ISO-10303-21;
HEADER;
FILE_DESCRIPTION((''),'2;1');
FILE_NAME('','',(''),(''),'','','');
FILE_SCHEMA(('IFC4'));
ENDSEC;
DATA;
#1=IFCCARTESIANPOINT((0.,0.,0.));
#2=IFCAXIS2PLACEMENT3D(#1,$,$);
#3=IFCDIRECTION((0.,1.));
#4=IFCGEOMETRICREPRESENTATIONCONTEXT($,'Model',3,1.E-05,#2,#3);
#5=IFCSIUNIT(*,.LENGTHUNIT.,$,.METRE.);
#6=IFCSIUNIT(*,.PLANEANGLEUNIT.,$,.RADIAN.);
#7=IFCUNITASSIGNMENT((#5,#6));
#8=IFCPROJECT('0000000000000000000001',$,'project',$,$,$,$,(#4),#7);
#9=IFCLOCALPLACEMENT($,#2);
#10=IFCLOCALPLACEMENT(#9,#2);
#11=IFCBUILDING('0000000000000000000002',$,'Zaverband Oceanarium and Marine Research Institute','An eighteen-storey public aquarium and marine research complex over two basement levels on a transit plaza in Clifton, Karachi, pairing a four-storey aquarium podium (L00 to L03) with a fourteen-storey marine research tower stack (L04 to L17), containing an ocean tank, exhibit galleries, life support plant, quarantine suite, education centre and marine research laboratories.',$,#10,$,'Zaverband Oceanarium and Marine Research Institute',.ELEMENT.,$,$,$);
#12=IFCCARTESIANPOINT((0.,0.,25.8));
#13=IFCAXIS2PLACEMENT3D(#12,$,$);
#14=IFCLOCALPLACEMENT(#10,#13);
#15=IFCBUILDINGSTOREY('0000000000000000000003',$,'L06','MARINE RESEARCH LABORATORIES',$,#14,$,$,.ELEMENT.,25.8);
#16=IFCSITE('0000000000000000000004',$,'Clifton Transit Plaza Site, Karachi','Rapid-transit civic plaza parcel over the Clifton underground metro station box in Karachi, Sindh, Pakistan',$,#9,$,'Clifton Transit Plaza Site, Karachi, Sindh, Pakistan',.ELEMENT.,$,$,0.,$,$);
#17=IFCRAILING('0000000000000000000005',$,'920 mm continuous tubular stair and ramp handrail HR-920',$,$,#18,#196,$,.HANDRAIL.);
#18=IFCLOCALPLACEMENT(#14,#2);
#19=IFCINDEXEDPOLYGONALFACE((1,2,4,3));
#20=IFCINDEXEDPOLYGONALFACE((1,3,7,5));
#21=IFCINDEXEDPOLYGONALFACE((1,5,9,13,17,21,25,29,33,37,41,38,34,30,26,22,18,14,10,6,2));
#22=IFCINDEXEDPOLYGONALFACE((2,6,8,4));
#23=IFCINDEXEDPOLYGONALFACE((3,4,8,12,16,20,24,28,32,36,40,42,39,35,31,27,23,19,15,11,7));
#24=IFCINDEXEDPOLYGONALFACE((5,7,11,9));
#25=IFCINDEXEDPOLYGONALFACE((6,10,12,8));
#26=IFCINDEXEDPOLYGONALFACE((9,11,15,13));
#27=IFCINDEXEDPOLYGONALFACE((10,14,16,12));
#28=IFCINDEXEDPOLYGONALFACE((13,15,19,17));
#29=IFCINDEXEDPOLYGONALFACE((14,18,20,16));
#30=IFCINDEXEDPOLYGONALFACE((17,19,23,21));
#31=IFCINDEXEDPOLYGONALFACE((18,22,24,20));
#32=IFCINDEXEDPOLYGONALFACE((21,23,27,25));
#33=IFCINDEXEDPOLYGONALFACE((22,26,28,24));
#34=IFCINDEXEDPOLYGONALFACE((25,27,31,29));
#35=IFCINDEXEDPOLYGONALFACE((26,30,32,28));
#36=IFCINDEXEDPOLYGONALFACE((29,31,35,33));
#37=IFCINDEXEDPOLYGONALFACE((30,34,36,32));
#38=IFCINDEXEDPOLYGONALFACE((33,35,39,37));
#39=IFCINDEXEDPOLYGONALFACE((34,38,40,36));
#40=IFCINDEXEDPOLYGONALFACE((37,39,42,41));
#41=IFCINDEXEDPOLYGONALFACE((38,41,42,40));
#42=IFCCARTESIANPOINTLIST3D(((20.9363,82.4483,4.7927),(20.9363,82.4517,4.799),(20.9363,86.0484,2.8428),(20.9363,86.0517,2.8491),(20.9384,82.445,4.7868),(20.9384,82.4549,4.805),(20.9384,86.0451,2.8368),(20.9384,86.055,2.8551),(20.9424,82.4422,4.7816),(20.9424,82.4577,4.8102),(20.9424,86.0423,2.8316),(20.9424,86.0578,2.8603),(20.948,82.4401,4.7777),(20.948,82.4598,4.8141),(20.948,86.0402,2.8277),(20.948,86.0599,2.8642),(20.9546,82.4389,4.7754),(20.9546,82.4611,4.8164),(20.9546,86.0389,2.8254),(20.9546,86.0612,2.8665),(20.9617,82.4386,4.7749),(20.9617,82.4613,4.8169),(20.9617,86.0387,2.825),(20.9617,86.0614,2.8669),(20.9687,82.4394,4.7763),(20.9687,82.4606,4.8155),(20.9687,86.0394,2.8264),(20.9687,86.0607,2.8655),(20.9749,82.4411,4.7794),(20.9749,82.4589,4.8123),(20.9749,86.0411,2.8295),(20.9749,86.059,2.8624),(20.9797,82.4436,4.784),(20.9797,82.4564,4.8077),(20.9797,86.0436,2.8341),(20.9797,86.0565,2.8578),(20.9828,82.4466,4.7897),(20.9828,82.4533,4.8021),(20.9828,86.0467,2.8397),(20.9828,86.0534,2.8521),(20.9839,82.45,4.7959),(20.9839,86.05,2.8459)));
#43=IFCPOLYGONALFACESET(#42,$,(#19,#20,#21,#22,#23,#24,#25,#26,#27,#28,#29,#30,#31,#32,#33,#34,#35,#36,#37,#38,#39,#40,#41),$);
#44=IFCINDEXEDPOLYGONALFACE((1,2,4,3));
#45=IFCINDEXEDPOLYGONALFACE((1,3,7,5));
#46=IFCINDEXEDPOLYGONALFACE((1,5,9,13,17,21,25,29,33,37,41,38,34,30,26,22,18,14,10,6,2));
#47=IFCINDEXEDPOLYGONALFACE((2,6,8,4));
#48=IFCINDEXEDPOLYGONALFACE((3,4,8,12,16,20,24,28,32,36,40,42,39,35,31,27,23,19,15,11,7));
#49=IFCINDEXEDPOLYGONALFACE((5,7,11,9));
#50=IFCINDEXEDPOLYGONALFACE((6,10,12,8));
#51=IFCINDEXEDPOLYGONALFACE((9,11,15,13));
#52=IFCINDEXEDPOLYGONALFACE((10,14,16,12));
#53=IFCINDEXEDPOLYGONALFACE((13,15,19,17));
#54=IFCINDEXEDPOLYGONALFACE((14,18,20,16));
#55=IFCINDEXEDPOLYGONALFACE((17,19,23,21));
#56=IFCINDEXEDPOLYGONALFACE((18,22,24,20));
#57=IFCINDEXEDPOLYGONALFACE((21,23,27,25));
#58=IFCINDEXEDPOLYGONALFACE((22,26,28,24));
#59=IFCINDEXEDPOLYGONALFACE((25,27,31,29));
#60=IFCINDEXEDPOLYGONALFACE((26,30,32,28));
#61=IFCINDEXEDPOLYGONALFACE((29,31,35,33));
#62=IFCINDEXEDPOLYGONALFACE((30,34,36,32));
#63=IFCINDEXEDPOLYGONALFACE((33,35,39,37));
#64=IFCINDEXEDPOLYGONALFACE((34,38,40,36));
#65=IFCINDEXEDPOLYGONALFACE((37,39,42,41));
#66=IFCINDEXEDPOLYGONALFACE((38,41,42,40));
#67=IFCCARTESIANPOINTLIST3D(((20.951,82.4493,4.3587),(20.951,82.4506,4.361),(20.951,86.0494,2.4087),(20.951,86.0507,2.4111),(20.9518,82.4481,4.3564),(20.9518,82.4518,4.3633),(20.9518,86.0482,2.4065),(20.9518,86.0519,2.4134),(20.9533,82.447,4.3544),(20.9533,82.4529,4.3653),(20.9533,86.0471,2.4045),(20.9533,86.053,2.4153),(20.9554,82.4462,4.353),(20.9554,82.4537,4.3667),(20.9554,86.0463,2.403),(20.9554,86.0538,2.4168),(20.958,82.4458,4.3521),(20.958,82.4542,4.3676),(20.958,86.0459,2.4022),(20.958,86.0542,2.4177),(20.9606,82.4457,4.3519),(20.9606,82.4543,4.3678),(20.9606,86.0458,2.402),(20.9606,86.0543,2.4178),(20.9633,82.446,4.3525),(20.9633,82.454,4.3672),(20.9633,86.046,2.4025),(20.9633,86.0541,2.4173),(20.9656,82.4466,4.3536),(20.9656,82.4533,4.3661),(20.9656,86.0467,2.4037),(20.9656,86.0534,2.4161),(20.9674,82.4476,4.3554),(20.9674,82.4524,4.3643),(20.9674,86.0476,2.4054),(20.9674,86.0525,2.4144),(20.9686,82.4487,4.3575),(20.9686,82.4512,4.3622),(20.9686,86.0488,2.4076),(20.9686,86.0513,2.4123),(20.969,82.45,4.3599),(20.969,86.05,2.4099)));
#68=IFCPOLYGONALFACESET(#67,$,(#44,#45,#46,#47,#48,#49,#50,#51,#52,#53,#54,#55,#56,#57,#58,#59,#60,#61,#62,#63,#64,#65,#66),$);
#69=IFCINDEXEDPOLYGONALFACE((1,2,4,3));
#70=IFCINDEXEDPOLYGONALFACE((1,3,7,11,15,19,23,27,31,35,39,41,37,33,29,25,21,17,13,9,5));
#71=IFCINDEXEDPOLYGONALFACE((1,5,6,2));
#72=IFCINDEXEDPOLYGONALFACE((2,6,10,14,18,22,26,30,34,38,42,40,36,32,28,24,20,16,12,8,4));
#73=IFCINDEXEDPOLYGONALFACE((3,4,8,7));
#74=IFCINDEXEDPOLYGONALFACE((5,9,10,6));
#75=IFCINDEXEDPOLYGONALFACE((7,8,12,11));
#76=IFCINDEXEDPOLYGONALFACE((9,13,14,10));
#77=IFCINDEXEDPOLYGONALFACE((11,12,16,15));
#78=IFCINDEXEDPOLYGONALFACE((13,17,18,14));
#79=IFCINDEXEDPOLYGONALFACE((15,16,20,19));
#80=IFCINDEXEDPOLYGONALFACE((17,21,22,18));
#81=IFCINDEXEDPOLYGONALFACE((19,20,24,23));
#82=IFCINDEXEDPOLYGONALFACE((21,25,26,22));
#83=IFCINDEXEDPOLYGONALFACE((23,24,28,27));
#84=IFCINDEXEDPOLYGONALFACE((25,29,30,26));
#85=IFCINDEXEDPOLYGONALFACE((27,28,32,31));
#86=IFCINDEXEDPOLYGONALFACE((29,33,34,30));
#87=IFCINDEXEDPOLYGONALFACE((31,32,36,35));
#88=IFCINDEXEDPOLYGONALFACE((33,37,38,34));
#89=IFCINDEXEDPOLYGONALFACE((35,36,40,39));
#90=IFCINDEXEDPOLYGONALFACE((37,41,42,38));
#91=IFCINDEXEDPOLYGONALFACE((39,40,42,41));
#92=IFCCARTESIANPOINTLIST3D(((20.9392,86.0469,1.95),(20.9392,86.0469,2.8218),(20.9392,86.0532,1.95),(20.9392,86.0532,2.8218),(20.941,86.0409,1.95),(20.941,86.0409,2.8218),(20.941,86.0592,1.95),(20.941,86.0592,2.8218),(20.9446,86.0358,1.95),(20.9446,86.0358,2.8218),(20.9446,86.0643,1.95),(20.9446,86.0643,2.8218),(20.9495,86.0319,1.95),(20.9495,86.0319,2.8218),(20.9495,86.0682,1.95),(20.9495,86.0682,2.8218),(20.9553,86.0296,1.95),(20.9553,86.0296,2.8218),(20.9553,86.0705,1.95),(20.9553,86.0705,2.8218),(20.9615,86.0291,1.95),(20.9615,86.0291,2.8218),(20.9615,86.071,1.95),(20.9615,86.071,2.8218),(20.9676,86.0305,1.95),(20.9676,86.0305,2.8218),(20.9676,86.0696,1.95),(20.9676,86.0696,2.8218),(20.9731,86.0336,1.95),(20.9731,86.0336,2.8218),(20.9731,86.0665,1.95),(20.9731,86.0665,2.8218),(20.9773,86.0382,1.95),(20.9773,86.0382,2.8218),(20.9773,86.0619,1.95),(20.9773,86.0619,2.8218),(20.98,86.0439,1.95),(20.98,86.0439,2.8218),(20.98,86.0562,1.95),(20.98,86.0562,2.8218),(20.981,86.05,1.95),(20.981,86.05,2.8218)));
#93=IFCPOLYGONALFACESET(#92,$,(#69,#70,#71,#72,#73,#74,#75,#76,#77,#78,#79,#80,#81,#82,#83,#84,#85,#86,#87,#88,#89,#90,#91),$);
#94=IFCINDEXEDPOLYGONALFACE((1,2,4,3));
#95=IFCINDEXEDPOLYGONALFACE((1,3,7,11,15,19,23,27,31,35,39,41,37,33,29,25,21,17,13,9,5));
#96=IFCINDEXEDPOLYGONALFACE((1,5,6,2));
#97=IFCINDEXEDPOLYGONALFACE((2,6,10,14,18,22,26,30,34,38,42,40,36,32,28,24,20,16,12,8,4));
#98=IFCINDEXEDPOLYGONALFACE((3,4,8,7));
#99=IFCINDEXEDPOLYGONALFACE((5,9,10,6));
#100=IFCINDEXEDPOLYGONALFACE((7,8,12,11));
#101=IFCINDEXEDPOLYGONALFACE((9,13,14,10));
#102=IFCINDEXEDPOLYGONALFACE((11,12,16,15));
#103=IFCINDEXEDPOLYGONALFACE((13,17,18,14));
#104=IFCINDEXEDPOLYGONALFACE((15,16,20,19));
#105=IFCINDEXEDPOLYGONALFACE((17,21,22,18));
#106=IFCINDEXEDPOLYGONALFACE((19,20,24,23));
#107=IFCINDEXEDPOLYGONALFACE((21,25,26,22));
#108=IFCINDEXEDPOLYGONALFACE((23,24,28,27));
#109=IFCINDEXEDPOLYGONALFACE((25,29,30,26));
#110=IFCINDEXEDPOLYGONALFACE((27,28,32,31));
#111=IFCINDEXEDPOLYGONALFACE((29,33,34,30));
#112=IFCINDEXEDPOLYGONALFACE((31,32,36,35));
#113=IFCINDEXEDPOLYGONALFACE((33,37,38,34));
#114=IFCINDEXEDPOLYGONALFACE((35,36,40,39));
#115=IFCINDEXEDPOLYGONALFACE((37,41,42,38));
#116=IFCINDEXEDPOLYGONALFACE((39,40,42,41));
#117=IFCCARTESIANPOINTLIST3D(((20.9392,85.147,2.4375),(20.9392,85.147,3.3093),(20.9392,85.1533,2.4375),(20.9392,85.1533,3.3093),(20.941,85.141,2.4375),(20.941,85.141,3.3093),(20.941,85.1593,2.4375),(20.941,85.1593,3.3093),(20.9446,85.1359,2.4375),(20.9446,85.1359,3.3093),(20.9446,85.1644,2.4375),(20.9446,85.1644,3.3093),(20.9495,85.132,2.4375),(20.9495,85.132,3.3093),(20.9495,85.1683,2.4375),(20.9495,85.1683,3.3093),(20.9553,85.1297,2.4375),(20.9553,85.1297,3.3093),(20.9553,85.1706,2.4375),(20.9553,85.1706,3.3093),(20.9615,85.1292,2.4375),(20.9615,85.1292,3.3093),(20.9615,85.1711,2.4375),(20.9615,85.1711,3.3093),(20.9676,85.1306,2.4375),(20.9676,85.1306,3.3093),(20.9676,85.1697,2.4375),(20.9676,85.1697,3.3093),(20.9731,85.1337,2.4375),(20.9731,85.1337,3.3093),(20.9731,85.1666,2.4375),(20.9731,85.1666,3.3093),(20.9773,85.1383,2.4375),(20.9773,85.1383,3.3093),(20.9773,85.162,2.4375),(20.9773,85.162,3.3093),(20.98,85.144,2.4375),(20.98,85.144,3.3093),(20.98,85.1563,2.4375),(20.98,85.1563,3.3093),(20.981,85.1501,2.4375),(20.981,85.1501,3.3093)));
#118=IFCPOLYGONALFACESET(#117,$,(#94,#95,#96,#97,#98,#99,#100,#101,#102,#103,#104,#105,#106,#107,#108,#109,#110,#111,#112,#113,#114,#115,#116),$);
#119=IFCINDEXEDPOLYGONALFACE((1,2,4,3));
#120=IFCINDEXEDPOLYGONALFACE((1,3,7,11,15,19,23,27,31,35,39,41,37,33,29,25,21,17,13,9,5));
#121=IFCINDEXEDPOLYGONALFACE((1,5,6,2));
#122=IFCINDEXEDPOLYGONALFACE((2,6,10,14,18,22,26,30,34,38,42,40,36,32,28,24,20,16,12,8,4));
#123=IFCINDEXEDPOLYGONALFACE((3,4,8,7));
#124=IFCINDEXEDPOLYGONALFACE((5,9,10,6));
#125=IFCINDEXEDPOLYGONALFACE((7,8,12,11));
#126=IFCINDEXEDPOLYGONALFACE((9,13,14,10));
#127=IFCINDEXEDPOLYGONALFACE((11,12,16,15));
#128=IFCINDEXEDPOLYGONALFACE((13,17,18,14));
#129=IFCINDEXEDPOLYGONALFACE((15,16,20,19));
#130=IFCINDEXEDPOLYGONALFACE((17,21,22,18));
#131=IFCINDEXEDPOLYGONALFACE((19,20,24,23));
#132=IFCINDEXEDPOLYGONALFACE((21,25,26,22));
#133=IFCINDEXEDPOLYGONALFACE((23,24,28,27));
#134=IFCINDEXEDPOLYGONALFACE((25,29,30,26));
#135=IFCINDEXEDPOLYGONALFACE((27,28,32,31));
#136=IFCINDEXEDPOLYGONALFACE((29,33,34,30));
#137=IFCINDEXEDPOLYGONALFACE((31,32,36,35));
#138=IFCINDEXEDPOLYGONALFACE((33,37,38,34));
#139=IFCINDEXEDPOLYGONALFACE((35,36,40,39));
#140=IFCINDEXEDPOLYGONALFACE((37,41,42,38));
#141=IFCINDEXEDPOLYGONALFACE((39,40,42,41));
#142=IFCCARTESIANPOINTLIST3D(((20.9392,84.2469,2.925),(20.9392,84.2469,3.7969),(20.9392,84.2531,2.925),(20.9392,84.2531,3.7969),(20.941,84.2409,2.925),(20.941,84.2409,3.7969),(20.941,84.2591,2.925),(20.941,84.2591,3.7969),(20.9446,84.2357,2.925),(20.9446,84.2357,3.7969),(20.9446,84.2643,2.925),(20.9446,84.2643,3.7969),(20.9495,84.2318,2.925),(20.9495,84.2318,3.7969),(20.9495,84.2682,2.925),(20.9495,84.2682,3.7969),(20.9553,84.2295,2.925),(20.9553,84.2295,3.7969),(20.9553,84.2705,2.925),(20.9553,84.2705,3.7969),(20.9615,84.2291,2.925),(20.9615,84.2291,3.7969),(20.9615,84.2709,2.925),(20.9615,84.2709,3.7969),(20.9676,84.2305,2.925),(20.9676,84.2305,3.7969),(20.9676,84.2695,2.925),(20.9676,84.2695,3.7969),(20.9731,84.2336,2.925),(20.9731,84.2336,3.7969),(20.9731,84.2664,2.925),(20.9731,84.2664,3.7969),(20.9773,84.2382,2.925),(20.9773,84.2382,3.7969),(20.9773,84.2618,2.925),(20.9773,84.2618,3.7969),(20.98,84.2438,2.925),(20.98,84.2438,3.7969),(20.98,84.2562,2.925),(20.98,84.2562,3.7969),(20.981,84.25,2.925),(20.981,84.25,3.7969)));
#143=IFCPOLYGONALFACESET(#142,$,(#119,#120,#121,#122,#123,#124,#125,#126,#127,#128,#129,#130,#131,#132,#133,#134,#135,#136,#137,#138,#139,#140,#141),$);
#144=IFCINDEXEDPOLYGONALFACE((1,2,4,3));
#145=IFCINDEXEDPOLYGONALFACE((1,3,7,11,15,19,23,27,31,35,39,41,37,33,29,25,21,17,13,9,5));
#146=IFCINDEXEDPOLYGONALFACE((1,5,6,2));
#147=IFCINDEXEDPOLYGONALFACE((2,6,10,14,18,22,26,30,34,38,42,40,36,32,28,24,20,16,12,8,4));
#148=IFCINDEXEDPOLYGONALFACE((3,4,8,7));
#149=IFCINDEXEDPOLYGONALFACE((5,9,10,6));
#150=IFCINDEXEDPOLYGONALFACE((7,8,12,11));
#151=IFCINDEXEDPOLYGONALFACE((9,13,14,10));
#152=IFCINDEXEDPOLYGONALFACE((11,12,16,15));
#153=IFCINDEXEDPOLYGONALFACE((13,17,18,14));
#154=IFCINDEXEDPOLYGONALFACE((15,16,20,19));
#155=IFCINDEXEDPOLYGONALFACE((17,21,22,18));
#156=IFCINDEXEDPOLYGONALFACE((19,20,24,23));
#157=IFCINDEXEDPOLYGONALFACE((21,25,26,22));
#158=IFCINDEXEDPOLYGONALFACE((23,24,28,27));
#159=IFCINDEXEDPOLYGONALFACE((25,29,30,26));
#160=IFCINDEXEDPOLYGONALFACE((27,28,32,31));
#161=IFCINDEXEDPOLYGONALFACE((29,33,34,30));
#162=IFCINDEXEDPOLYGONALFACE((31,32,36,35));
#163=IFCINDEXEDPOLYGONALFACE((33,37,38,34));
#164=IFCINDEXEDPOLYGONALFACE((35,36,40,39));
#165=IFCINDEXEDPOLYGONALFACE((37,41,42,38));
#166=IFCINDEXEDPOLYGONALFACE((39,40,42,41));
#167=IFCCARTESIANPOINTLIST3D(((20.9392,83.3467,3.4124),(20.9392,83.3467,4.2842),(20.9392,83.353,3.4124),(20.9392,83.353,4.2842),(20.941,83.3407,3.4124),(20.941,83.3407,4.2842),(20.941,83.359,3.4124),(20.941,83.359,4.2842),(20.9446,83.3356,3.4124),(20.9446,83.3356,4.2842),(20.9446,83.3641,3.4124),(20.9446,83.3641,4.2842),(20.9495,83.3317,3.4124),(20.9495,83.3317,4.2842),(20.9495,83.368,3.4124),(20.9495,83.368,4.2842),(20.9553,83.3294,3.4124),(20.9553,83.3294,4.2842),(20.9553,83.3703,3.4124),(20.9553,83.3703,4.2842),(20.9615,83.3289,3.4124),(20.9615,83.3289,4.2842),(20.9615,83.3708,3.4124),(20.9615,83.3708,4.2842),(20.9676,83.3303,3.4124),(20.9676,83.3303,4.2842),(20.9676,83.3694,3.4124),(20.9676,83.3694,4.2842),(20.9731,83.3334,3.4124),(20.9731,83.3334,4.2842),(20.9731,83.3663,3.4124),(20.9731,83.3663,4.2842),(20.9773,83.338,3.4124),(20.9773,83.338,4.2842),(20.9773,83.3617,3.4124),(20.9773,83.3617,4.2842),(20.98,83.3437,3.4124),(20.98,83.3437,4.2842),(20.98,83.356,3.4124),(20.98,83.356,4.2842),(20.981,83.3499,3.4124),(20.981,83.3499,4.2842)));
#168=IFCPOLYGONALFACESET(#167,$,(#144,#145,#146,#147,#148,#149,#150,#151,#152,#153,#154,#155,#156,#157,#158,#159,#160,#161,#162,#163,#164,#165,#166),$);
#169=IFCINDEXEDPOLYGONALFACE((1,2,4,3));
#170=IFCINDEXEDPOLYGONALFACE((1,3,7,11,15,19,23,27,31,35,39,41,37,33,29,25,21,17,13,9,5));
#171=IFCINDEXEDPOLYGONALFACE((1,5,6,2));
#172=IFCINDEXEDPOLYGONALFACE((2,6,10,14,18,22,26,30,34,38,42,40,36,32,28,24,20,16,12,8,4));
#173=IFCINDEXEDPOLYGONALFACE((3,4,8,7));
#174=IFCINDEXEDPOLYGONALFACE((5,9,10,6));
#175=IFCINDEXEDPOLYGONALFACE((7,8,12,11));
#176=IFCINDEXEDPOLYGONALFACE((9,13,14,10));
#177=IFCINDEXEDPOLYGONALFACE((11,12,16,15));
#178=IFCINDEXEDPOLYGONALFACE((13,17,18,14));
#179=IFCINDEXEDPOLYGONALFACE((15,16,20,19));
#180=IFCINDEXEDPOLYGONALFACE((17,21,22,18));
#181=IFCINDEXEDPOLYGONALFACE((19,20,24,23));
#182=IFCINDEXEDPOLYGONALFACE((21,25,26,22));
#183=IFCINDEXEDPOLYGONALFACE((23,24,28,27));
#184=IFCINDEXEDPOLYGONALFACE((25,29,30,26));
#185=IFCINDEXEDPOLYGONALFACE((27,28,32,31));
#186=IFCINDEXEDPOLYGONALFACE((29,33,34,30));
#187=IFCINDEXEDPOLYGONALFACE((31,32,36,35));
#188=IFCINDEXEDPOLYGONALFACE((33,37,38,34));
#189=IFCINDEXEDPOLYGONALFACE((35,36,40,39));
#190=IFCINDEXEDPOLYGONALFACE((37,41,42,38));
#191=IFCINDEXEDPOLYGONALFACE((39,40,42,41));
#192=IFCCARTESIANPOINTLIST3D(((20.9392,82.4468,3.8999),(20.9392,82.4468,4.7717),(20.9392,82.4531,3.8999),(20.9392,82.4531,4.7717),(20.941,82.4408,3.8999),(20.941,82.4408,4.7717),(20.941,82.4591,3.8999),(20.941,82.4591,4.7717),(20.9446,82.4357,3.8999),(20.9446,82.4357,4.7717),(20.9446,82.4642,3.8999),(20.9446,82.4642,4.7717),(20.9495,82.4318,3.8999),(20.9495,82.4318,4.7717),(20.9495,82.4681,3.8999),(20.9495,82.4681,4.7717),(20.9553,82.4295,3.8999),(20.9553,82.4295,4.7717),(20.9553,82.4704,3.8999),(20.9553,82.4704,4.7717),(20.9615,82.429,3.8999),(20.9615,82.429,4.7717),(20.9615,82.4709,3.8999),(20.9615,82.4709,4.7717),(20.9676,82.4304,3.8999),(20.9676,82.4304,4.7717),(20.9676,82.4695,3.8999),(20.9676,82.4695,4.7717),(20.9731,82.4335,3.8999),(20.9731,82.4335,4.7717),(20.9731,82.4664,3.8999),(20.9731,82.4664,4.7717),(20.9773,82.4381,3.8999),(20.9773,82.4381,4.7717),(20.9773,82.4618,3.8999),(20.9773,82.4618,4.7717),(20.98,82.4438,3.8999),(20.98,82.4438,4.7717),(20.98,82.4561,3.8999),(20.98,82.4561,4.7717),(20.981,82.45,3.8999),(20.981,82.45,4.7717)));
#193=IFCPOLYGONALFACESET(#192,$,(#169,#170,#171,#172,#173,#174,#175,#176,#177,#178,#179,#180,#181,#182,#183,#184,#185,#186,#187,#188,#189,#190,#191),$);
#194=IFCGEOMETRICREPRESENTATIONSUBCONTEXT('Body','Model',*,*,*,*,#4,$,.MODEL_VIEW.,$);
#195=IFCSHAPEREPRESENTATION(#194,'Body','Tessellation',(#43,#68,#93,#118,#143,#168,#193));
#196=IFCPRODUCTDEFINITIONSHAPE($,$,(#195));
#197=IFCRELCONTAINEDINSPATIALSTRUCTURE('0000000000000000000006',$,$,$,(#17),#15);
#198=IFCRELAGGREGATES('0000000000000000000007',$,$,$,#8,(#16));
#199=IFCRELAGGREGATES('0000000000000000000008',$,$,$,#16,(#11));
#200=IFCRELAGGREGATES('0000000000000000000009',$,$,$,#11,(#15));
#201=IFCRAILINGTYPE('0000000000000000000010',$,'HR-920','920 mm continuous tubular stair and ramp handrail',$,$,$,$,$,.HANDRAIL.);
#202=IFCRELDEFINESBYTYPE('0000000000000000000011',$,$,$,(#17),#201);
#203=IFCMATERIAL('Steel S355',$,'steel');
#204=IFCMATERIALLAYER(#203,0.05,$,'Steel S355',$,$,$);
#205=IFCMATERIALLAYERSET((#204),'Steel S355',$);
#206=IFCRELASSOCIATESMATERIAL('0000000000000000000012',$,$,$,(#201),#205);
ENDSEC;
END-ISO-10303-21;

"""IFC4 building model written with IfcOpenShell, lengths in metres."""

from ifc_helpers import new_model, si_unit, direction, frame, origin, origin_2d, place, context, subcontext, project, spatial, circle, extrude, material, layer, layer_set, type_object, element, save


model = new_model("IFC4")

# Units and contexts
model_context = context("Model", 3, precision=1e-05, world=origin(), true_north=direction((0.0, 1.0)))
body_context = subcontext(model_context, "Body", "Model", "MODEL_VIEW")
ifc_project = project(units=[si_unit("LENGTHUNIT", "METRE"), si_unit("PLANEANGLEUNIT", "RADIAN")], contexts=[model_context])

# Site, building, storey
site_placement = place(None, origin())
site = spatial("IfcSite", under=ifc_project, at=site_placement, Name="Clifton Transit Plaza Site, Karachi", Description="Rapid-transit civic plaza parcel over the Clifton underground metro station box in Karachi, Sindh, Pakistan", LongName="Clifton Transit Plaza Site, Karachi, Sindh, Pakistan", CompositionType="ELEMENT", RefElevation=0.0)
building_placement = place(site_placement, origin())
building = spatial("IfcBuilding", under=site, at=building_placement, Name="Zaverband Oceanarium and Marine Research Institute", Description="An eighteen-storey public aquarium and marine research complex over two basement levels on a transit plaza in Clifton, Karachi, pairing a four-storey aquarium podium (L00 to L03) with a fourteen-storey marine research tower stack (L04 to L17), containing an ocean tank, exhibit galleries, life support plant, quarantine suite, education centre and marine research laboratories.", LongName="Zaverband Oceanarium and Marine Research Institute", CompositionType="ELEMENT")
storey_placement = place(building_placement, frame((0.0, 0.0, 25.8)))
storey = spatial("IfcBuildingStorey", under=building, at=storey_placement, Name="L06", Description="MARINE RESEARCH LABORATORIES", CompositionType="ELEMENT", Elevation=25.8)

# Shared definitions
ifc_material_1 = material(Name="Steel S355", Category="steel")

# Railing
ifc_layer_1 = layer(ifc_material_1, 0.05, Name="Steel S355")
ifc_layer_set_1 = layer_set([ifc_layer_1], Name="Steel S355")
railing_type_1 = type_object("IfcRailingType", Name="HR-920", Description="920 mm continuous tubular stair and ramp handrail", PredefinedType="HANDRAIL", material=ifc_layer_set_1)
railing_1_placement = place(storey_placement, frame((20.96, 86.05, 1.95)))
element("IfcRailing", 1, at=railing_1_placement, inside=storey, type_object=railing_type_1, Name="920 mm continuous tubular stair and ramp handrail HR-920", PredefinedType="HANDRAIL", context=body_context, shape_type="SweptSolid", body=[
    extrude(circle(Radius=0.0239, at=origin_2d()), frame((0.0, 0.0, 0.896), z_axis=(0.0, -0.879302, 0.476264), x_axis=(1.0, 0.0, 0.0)), (0.0, 0.0, 1.0), 4.0942),
    extrude(circle(Radius=0.009, at=origin_2d()), frame((0.0, 0.0, 0.46), z_axis=(0.0, -0.879302, 0.476264), x_axis=(1.0, 0.0, 0.0)), (0.0, 0.0, 1.0), 4.0942),
    extrude(circle(Radius=0.021, at=origin_2d()), origin(), (0.0, 0.0, 1.0), 0.8718),
    extrude(circle(Radius=0.021, at=origin_2d()), frame((0.0, -0.8999, 0.4875)), (0.0, 0.0, 1.0), 0.8718),
    extrude(circle(Radius=0.021, at=origin_2d()), frame((0.0, -1.8, 0.9751)), (0.0, 0.0, 1.0), 0.8718),
    extrude(circle(Radius=0.021, at=origin_2d()), frame((0.0, -2.7002, 1.4624)), (0.0, 0.0, 1.0), 0.8718),
    extrude(circle(Radius=0.021, at=origin_2d()), frame((0.0, -3.6001, 1.95)), (0.0, 0.0, 1.0), 0.8718),
])

save(model, "model.ifc")
